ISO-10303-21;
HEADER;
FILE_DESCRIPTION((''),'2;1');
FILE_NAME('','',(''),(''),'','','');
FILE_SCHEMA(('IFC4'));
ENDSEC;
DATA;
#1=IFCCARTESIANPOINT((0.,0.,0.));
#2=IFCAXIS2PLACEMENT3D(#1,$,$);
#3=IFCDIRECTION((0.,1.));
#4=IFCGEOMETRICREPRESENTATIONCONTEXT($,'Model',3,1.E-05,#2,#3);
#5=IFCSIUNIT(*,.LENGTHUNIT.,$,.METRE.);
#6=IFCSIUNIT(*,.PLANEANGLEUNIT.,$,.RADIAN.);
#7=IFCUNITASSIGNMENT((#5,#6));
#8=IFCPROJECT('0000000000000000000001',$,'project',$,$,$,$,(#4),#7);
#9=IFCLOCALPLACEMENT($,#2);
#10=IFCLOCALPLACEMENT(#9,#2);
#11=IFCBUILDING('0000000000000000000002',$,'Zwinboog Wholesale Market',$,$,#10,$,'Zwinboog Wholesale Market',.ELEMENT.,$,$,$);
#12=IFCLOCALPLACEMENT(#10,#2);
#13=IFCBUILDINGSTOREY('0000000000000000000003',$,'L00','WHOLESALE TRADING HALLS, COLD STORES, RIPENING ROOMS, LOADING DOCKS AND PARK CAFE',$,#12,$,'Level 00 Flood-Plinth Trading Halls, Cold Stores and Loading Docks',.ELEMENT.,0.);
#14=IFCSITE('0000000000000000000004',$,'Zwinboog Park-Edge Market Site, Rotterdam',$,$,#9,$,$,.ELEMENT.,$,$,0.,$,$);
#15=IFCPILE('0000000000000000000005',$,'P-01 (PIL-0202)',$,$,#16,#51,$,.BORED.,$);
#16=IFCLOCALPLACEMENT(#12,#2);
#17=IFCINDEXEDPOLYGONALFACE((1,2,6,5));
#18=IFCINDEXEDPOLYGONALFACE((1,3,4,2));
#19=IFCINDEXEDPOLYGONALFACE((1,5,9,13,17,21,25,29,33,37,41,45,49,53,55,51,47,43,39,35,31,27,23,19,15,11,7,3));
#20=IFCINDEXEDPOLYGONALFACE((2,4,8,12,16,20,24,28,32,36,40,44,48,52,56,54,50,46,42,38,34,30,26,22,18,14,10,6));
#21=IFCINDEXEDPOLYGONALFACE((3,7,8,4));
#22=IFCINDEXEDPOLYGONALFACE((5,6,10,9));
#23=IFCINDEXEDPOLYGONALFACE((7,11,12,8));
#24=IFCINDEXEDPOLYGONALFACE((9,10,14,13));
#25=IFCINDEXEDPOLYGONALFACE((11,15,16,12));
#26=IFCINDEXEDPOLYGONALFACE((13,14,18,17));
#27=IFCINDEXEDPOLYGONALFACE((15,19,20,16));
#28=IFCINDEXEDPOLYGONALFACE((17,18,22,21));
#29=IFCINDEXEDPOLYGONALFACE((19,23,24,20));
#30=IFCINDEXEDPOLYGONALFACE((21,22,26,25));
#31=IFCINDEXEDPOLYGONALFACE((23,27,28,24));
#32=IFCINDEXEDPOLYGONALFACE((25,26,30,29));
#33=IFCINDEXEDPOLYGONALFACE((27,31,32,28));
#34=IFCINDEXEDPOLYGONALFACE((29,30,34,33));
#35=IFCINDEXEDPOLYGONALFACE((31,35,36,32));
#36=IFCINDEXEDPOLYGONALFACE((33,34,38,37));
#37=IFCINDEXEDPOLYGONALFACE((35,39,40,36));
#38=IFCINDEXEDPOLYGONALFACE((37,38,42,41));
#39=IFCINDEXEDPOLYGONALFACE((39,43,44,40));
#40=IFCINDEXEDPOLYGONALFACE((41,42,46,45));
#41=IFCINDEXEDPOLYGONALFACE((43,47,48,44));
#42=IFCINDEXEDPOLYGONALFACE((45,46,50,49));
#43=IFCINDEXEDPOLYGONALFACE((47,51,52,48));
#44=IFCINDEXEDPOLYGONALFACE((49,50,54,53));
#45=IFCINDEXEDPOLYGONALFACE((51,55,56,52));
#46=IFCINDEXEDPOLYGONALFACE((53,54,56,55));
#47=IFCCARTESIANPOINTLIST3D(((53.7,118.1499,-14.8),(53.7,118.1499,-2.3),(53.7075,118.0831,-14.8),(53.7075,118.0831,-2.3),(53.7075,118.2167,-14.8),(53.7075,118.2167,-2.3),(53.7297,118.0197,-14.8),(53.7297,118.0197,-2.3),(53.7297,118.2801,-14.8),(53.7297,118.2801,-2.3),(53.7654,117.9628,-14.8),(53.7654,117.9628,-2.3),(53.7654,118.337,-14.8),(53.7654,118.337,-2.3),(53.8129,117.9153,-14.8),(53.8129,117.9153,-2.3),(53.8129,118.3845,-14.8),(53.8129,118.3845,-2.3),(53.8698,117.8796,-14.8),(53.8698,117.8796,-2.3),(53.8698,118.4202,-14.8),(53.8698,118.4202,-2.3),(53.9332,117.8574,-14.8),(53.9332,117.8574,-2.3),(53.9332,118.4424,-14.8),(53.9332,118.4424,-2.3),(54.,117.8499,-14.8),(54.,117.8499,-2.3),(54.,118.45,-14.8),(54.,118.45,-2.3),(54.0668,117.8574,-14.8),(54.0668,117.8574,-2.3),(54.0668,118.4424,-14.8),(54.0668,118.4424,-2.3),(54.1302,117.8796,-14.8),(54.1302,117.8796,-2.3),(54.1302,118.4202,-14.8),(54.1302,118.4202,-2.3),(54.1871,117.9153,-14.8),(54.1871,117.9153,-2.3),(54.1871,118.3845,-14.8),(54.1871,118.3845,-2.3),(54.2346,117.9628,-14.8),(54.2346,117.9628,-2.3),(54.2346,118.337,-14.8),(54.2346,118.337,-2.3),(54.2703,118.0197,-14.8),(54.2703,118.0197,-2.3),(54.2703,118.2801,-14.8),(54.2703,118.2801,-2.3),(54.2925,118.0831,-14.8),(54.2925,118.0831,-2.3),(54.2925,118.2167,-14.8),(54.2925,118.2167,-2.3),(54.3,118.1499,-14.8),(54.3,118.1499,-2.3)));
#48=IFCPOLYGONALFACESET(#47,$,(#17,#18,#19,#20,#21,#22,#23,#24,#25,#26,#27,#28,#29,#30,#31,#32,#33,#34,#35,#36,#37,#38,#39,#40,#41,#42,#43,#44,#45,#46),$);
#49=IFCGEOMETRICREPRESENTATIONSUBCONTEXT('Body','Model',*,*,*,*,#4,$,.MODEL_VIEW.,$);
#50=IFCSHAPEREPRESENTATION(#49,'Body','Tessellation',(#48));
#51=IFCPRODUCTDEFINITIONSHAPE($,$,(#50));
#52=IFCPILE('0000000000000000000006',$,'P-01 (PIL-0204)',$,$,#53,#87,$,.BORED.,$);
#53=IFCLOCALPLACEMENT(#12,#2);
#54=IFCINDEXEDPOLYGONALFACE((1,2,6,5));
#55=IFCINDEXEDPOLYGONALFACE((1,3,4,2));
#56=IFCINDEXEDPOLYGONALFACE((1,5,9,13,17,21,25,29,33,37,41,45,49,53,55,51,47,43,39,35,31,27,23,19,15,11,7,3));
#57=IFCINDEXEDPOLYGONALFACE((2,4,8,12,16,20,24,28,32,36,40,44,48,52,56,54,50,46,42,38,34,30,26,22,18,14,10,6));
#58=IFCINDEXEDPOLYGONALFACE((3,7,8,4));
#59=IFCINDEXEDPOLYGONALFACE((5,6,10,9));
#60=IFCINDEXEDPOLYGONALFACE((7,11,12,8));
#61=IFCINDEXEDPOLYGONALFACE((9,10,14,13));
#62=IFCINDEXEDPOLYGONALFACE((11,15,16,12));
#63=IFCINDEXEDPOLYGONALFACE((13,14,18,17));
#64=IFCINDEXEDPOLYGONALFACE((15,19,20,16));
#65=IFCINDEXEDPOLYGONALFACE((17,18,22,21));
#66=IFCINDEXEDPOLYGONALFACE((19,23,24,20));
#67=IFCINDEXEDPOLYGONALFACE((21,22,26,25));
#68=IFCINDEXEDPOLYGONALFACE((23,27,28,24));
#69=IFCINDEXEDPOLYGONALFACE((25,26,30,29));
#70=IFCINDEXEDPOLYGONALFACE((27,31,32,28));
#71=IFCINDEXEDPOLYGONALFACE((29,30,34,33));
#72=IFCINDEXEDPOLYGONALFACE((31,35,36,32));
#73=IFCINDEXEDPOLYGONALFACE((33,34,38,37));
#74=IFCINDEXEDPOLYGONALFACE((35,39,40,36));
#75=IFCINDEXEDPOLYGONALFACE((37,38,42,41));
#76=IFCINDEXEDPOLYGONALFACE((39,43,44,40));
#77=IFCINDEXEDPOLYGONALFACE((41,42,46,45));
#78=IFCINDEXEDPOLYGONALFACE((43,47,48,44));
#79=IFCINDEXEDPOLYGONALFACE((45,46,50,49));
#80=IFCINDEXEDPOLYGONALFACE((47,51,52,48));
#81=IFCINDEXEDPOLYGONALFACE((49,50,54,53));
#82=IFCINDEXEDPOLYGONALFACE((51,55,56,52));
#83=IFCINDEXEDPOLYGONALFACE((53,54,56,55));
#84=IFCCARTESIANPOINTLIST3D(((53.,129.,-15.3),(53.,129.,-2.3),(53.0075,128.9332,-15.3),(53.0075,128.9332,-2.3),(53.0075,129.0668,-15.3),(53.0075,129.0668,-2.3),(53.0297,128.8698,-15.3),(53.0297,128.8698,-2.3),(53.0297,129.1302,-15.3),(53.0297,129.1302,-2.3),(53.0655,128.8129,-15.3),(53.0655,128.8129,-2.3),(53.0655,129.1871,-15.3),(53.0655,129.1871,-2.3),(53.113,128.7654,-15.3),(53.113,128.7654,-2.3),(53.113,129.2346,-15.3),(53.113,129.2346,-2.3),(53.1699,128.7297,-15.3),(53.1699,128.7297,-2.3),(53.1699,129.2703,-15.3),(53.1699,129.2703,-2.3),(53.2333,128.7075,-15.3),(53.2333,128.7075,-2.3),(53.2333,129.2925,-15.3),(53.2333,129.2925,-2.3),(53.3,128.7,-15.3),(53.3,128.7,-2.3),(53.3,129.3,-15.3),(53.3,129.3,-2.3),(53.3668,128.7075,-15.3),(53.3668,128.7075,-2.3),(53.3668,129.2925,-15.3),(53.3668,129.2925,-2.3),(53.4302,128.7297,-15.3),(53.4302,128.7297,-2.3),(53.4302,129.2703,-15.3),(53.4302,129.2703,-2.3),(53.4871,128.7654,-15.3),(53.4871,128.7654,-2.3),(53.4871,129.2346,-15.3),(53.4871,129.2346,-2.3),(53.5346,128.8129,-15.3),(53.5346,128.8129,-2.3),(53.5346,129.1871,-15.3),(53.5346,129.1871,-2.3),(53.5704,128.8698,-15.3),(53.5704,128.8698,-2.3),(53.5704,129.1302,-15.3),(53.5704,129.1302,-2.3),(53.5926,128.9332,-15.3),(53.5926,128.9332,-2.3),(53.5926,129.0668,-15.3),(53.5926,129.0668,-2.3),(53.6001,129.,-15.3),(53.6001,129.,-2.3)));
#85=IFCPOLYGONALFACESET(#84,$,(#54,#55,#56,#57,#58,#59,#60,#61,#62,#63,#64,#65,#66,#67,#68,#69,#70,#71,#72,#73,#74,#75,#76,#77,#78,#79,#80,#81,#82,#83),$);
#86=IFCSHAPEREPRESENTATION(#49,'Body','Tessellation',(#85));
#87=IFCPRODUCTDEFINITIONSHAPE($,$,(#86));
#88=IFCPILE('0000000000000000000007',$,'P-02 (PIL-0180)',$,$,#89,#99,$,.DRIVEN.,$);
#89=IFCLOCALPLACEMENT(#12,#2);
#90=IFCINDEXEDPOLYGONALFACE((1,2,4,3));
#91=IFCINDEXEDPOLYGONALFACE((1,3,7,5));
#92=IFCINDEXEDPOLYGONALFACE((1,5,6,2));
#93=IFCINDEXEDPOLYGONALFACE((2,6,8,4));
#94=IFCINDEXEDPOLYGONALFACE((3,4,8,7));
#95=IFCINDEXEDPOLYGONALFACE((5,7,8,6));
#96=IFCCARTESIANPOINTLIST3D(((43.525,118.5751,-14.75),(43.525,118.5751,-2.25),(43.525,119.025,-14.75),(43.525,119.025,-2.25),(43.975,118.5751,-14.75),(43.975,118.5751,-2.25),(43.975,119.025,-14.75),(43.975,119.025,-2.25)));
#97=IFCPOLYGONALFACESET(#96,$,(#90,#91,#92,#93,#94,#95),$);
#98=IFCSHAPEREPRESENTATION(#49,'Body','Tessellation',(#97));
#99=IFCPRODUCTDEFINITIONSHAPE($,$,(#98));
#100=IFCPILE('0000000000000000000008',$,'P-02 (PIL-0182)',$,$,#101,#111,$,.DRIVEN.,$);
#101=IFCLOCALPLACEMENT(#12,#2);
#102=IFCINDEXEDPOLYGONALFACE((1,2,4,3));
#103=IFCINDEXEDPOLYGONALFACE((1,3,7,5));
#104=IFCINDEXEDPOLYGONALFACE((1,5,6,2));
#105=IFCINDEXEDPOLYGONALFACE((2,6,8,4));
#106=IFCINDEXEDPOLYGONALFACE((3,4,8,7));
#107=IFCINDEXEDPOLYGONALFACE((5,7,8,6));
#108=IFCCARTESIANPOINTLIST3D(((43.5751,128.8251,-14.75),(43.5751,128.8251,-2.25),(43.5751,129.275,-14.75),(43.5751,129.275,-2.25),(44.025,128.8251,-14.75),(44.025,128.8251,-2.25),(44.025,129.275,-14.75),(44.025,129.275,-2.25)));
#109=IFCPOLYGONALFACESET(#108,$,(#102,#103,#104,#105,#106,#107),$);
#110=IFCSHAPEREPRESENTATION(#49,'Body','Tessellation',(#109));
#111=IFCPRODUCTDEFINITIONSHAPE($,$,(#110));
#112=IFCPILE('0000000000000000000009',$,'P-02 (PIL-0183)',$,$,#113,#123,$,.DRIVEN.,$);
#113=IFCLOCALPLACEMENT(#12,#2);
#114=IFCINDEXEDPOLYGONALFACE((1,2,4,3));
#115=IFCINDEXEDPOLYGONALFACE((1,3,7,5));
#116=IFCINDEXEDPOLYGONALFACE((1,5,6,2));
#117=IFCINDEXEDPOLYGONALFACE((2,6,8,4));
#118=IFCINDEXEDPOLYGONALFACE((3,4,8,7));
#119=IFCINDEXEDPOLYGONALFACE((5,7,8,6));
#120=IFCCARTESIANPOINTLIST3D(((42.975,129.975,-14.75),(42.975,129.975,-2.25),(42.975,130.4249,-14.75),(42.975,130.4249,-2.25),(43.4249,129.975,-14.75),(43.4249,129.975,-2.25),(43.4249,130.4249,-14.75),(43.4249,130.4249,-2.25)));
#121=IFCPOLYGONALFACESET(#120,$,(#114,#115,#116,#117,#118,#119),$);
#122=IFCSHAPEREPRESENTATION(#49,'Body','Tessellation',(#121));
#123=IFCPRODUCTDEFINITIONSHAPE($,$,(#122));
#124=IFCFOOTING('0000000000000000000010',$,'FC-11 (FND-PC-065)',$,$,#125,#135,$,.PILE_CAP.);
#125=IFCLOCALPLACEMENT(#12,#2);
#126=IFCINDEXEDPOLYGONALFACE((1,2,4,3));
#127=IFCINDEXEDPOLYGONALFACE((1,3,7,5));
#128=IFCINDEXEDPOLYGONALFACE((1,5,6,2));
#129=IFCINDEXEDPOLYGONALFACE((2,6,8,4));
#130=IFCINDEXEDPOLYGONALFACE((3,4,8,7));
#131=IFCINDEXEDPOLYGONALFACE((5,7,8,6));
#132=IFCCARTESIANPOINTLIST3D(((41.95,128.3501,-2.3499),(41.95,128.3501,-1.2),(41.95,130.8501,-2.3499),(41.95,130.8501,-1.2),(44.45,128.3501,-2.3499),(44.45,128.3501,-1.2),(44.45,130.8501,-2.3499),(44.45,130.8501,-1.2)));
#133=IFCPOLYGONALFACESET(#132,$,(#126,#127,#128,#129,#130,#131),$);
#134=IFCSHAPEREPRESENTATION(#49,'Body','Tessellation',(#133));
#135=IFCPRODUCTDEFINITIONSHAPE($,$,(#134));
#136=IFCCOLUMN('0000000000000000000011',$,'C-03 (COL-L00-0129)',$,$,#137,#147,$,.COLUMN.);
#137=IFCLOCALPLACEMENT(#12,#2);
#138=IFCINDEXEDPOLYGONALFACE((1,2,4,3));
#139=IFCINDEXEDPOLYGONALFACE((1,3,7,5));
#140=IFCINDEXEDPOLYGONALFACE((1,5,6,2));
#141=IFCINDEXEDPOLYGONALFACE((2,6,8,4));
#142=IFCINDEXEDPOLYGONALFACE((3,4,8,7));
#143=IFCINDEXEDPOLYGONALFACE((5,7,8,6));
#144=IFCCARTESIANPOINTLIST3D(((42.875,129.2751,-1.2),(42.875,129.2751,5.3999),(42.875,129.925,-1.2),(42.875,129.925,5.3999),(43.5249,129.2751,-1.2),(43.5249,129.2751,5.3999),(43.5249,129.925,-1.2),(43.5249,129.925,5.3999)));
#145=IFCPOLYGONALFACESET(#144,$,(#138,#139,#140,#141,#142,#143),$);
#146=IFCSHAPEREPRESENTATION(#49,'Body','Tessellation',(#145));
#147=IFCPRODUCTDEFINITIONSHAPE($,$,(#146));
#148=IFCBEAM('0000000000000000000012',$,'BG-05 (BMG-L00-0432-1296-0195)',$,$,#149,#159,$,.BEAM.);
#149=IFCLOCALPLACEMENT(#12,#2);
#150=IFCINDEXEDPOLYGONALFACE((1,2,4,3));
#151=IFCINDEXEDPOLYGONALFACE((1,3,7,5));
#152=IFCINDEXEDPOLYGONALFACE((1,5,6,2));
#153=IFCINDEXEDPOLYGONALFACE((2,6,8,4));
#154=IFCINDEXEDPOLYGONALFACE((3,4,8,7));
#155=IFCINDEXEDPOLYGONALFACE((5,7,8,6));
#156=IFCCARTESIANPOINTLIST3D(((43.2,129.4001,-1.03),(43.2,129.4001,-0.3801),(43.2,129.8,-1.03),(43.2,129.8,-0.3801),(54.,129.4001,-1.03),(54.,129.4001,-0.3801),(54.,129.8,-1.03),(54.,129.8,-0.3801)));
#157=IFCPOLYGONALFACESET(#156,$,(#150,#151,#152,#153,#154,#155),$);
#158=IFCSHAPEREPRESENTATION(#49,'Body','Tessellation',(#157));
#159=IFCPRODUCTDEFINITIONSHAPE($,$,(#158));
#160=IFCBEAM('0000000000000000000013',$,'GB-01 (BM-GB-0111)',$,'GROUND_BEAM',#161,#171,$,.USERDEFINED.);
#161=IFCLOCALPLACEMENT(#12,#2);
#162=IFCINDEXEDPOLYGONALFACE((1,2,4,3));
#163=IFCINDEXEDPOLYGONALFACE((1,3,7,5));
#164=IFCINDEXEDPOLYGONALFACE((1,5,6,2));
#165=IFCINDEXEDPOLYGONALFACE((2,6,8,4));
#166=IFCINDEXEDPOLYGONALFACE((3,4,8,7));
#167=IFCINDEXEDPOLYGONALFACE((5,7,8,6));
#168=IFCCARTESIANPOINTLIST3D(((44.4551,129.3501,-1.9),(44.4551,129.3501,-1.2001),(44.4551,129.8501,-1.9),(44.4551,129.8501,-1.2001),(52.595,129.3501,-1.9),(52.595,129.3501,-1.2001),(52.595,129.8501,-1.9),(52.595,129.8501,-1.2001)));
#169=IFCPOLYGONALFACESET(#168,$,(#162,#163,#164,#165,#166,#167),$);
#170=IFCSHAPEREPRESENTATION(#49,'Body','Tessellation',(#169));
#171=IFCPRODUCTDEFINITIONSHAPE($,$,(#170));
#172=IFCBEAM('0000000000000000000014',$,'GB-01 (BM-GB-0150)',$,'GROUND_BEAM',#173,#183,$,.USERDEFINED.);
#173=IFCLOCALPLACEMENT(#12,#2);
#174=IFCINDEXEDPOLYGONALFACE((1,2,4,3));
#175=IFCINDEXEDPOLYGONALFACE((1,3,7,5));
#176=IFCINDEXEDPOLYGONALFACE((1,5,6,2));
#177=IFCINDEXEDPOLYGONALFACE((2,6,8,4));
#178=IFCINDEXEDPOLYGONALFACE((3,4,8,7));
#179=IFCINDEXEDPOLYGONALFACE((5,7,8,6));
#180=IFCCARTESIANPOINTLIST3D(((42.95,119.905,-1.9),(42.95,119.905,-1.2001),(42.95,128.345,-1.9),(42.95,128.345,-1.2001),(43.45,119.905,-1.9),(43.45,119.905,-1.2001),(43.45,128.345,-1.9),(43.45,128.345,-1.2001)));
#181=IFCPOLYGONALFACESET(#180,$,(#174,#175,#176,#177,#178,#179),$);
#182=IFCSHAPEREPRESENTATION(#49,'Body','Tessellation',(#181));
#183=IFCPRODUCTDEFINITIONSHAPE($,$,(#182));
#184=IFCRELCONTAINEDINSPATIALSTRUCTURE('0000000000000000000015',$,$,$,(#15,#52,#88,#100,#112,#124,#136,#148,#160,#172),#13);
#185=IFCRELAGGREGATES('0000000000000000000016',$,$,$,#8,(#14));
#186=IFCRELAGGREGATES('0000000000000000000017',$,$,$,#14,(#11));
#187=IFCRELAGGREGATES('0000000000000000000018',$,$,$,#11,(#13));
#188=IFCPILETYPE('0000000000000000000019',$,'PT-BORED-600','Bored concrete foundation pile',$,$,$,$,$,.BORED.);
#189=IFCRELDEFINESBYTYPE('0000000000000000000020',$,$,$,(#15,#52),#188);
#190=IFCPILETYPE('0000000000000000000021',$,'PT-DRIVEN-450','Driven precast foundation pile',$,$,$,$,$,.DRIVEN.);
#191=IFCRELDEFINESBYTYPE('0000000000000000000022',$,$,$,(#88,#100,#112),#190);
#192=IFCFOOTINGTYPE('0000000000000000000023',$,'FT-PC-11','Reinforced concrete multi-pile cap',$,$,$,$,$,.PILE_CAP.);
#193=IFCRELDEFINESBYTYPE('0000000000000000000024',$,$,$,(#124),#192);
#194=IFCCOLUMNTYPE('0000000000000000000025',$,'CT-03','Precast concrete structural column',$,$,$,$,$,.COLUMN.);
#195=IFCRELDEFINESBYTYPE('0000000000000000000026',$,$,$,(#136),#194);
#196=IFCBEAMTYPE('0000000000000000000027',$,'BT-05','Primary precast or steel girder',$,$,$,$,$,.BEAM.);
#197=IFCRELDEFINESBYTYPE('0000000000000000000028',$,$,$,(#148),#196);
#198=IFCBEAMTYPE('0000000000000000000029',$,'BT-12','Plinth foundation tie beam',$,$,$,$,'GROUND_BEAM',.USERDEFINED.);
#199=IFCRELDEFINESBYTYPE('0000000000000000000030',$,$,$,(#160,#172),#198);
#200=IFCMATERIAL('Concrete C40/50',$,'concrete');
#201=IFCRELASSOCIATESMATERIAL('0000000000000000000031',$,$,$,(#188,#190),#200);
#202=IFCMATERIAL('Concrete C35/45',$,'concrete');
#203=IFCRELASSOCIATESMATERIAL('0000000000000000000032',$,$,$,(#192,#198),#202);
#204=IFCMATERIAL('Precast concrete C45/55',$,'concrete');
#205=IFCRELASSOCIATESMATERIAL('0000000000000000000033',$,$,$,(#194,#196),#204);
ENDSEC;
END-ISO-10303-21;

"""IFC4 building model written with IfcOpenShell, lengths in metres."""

from ifc_helpers import new_model, si_unit, direction, frame, origin, origin_2d, place, context, subcontext, project, spatial, rectangle, circle, extrude, material, material_profile, profile_set, type_object, element, save


model = new_model("IFC4")

# Units and contexts
model_context = context("Model", 3, precision=1e-05, world=origin(), true_north=direction((0.0, 1.0)))
body_context = subcontext(model_context, "Body", "Model", "MODEL_VIEW")
ifc_project = project(units=[si_unit("LENGTHUNIT", "METRE"), si_unit("PLANEANGLEUNIT", "RADIAN")], contexts=[model_context])

# Site, building, storey
site_placement = place(None, origin())
site = spatial("IfcSite", under=ifc_project, at=site_placement, Name="Zwinboog Park-Edge Market Site, Rotterdam", CompositionType="ELEMENT", RefElevation=0.0)
building_placement = place(site_placement, origin())
building = spatial("IfcBuilding", under=site, at=building_placement, Name="Zwinboog Wholesale Market", LongName="Zwinboog Wholesale Market", CompositionType="ELEMENT")
storey_placement = place(building_placement, origin())
storey = spatial("IfcBuildingStorey", under=building, at=storey_placement, Name="L00", Description="WHOLESALE TRADING HALLS, COLD STORES, RIPENING ROOMS, LOADING DOCKS AND PARK CAFE", LongName="Level 00 Flood-Plinth Trading Halls, Cold Stores and Loading Docks", CompositionType="ELEMENT", Elevation=0.0)

# Piles
ifc_material_1 = material(Name="Concrete C40/50", Category="concrete")
ifc_material_profile_1 = material_profile(ifc_material_1, circle(Radius=0.3, at=origin_2d()), Name="PILE D600")
ifc_profile_set_1 = profile_set([ifc_material_profile_1], Name="Concrete C40/50")
pile_type_1 = type_object("IfcPileType", Name="PT-BORED-600", Description="Bored concrete foundation pile", PredefinedType="BORED", material=ifc_profile_set_1)
pile_1_placement = place(storey_placement, frame((54.0, 118.1499, -2.3), z_axis=(0.0, 0.0, -1.0), x_axis=(1.0, 0.0, 0.0)))
element("IfcPile", 1, at=pile_1_placement, inside=storey, type_object=pile_type_1, Name="P-01 (PIL-0202)", PredefinedType="BORED", context=body_context, shape_type="SweptSolid", body=[
    extrude(circle(Radius=0.3, at=origin_2d()), origin(), (0.0, 0.0, 1.0), 12.5),
])
pile_2_placement = place(storey_placement, frame((53.3, 129.0, -2.3), z_axis=(0.0, 0.0, -1.0), x_axis=(1.0, 0.0, 0.0)))
element("IfcPile", 2, at=pile_2_placement, inside=storey, type_object=pile_type_1, Name="P-01 (PIL-0204)", PredefinedType="BORED", context=body_context, shape_type="SweptSolid", body=[
    extrude(circle(Radius=0.3, at=origin_2d()), origin(), (0.0, 0.0, 1.0), 13.0),
])
ifc_material_profile_2 = material_profile(ifc_material_1, rectangle(XDim=0.45, YDim=0.45, at=origin_2d()), Name="PILE SQ450")
ifc_profile_set_2 = profile_set([ifc_material_profile_2], Name="Concrete C40/50")
pile_type_2 = type_object("IfcPileType", Name="PT-DRIVEN-450", Description="Driven precast foundation pile", PredefinedType="DRIVEN", material=ifc_profile_set_2)
for number, where, z_axis, x_axis, name in (
    (3, (43.75, 118.8, -2.25), (0.0, 0.0, -1.0), (1.0, 0.0, 0.0), "P-02 (PIL-0180)"),
    (4, (43.8, 129.05, -2.25), (0.0, 0.0, -1.0), (1.0, 0.0, 0.0), "P-02 (PIL-0182)"),
    (5, (43.2, 130.2, -2.25), (0.0, 0.0, -1.0), (1.0, 0.0, 0.0), "P-02 (PIL-0183)"),
):
    element("IfcPile", number, at=place(storey_placement, frame(where, z_axis=z_axis, x_axis=x_axis)), inside=storey, type_object=pile_type_2, Name=name, PredefinedType="DRIVEN", context=body_context, shape_type="SweptSolid", body=[
        extrude(rectangle(XDim=0.45, YDim=0.45, at=origin_2d()), origin(), (0.0, 0.0, 1.0), 12.5),
    ])

# Footing
ifc_material_2 = material(Name="Concrete C35/45", Category="concrete")
footing_type = type_object("IfcFootingType", Name="FT-PC-11", Description="Reinforced concrete multi-pile cap", PredefinedType="PILE_CAP", material=ifc_material_2)
footing_placement = place(storey_placement, frame((43.2, 129.6001, -2.3499), z_axis=(0.0, 0.0, 1.0), x_axis=(1.0, 0.0, 0.0)))
element("IfcFooting", 6, at=footing_placement, inside=storey, type_object=footing_type, Name="FC-11 (FND-PC-065)", PredefinedType="PILE_CAP", context=body_context, shape_type="SweptSolid", body=[
    extrude(rectangle(XDim=2.5, YDim=2.5, at=origin_2d()), origin(), (0.0, 0.0, 1.0), 1.1499),
])

# Column
ifc_material_3 = material(Name="Precast concrete C45/55", Category="concrete")
ifc_material_profile_3 = material_profile(ifc_material_3, rectangle(XDim=0.6499, YDim=0.6499, at=origin_2d()), Name="PC 650x650")
ifc_profile_set_3 = profile_set([ifc_material_profile_3], Name="Precast concrete C45/55")
column_type = type_object("IfcColumnType", Name="CT-03", Description="Precast concrete structural column", PredefinedType="COLUMN", material=ifc_profile_set_3)
column_placement = place(storey_placement, frame((43.2, 129.6001, -1.2), z_axis=(0.0, 0.0, 1.0), x_axis=(1.0, 0.0, 0.0)))
element("IfcColumn", 7, at=column_placement, inside=storey, type_object=column_type, Name="C-03 (COL-L00-0129)", PredefinedType="COLUMN", context=body_context, shape_type="SweptSolid", body=[
    extrude(rectangle(XDim=0.6499, YDim=0.6499, at=origin_2d()), origin(), (0.0, 0.0, 1.0), 6.5999),
])

# Beams
ifc_material_profile_4 = material_profile(ifc_material_3, rectangle(XDim=0.3999, YDim=0.6499, at=origin_2d()), Name="PC 400x650")
ifc_profile_set_4 = profile_set([ifc_material_profile_4], Name="Precast concrete C45/55")
beam_type_1 = type_object("IfcBeamType", Name="BT-05", Description="Primary precast or steel girder", PredefinedType="BEAM", material=ifc_profile_set_4)
beam_1_placement = place(storey_placement, frame((43.2, 129.6001, -0.7051), z_axis=(1.0, 0.0, 0.0), x_axis=(0.0, 1.0, 0.0)))
element("IfcBeam", 8, at=beam_1_placement, inside=storey, type_object=beam_type_1, Name="BG-05 (BMG-L00-0432-1296-0195)", PredefinedType="BEAM", context=body_context, shape_type="SweptSolid", body=[
    extrude(rectangle(XDim=0.3999, YDim=0.6499, at=origin_2d()), origin(), (0.0, 0.0, 1.0), 10.8),
])
ifc_material_profile_5 = material_profile(ifc_material_2, rectangle(XDim=0.5, YDim=0.7, at=origin_2d()), Name="RC 500x700")
ifc_profile_set_5 = profile_set([ifc_material_profile_5], Name="Concrete C35/45")
beam_type_2 = type_object("IfcBeamType", Name="BT-12", Description="Plinth foundation tie beam", ElementType="GROUND_BEAM", PredefinedType="USERDEFINED", material=ifc_profile_set_5)
beam_2_placement = place(storey_placement, frame((44.4551, 129.6001, -1.55), z_axis=(1.0, 0.0, 0.0), x_axis=(0.0, 1.0, 0.0)))
element("IfcBeam", 9, at=beam_2_placement, inside=storey, type_object=beam_type_2, Name="GB-01 (BM-GB-0111)", ObjectType="GROUND_BEAM", PredefinedType="USERDEFINED", context=body_context, shape_type="SweptSolid", body=[
    extrude(rectangle(XDim=0.5, YDim=0.7, at=origin_2d()), origin(), (0.0, 0.0, 1.0), 8.1399),
])
beam_3_placement = place(storey_placement, frame((43.2, 119.905, -1.55), z_axis=(0.0, 1.0, 0.0), x_axis=(-1.0, 0.0, 0.0)))
element("IfcBeam", 10, at=beam_3_placement, inside=storey, type_object=beam_type_2, Name="GB-01 (BM-GB-0150)", ObjectType="GROUND_BEAM", PredefinedType="USERDEFINED", context=body_context, shape_type="SweptSolid", body=[
    extrude(rectangle(XDim=0.5, YDim=0.7, at=origin_2d()), origin(), (0.0, 0.0, 1.0), 8.4399),
])

save(model, "model.ifc")
